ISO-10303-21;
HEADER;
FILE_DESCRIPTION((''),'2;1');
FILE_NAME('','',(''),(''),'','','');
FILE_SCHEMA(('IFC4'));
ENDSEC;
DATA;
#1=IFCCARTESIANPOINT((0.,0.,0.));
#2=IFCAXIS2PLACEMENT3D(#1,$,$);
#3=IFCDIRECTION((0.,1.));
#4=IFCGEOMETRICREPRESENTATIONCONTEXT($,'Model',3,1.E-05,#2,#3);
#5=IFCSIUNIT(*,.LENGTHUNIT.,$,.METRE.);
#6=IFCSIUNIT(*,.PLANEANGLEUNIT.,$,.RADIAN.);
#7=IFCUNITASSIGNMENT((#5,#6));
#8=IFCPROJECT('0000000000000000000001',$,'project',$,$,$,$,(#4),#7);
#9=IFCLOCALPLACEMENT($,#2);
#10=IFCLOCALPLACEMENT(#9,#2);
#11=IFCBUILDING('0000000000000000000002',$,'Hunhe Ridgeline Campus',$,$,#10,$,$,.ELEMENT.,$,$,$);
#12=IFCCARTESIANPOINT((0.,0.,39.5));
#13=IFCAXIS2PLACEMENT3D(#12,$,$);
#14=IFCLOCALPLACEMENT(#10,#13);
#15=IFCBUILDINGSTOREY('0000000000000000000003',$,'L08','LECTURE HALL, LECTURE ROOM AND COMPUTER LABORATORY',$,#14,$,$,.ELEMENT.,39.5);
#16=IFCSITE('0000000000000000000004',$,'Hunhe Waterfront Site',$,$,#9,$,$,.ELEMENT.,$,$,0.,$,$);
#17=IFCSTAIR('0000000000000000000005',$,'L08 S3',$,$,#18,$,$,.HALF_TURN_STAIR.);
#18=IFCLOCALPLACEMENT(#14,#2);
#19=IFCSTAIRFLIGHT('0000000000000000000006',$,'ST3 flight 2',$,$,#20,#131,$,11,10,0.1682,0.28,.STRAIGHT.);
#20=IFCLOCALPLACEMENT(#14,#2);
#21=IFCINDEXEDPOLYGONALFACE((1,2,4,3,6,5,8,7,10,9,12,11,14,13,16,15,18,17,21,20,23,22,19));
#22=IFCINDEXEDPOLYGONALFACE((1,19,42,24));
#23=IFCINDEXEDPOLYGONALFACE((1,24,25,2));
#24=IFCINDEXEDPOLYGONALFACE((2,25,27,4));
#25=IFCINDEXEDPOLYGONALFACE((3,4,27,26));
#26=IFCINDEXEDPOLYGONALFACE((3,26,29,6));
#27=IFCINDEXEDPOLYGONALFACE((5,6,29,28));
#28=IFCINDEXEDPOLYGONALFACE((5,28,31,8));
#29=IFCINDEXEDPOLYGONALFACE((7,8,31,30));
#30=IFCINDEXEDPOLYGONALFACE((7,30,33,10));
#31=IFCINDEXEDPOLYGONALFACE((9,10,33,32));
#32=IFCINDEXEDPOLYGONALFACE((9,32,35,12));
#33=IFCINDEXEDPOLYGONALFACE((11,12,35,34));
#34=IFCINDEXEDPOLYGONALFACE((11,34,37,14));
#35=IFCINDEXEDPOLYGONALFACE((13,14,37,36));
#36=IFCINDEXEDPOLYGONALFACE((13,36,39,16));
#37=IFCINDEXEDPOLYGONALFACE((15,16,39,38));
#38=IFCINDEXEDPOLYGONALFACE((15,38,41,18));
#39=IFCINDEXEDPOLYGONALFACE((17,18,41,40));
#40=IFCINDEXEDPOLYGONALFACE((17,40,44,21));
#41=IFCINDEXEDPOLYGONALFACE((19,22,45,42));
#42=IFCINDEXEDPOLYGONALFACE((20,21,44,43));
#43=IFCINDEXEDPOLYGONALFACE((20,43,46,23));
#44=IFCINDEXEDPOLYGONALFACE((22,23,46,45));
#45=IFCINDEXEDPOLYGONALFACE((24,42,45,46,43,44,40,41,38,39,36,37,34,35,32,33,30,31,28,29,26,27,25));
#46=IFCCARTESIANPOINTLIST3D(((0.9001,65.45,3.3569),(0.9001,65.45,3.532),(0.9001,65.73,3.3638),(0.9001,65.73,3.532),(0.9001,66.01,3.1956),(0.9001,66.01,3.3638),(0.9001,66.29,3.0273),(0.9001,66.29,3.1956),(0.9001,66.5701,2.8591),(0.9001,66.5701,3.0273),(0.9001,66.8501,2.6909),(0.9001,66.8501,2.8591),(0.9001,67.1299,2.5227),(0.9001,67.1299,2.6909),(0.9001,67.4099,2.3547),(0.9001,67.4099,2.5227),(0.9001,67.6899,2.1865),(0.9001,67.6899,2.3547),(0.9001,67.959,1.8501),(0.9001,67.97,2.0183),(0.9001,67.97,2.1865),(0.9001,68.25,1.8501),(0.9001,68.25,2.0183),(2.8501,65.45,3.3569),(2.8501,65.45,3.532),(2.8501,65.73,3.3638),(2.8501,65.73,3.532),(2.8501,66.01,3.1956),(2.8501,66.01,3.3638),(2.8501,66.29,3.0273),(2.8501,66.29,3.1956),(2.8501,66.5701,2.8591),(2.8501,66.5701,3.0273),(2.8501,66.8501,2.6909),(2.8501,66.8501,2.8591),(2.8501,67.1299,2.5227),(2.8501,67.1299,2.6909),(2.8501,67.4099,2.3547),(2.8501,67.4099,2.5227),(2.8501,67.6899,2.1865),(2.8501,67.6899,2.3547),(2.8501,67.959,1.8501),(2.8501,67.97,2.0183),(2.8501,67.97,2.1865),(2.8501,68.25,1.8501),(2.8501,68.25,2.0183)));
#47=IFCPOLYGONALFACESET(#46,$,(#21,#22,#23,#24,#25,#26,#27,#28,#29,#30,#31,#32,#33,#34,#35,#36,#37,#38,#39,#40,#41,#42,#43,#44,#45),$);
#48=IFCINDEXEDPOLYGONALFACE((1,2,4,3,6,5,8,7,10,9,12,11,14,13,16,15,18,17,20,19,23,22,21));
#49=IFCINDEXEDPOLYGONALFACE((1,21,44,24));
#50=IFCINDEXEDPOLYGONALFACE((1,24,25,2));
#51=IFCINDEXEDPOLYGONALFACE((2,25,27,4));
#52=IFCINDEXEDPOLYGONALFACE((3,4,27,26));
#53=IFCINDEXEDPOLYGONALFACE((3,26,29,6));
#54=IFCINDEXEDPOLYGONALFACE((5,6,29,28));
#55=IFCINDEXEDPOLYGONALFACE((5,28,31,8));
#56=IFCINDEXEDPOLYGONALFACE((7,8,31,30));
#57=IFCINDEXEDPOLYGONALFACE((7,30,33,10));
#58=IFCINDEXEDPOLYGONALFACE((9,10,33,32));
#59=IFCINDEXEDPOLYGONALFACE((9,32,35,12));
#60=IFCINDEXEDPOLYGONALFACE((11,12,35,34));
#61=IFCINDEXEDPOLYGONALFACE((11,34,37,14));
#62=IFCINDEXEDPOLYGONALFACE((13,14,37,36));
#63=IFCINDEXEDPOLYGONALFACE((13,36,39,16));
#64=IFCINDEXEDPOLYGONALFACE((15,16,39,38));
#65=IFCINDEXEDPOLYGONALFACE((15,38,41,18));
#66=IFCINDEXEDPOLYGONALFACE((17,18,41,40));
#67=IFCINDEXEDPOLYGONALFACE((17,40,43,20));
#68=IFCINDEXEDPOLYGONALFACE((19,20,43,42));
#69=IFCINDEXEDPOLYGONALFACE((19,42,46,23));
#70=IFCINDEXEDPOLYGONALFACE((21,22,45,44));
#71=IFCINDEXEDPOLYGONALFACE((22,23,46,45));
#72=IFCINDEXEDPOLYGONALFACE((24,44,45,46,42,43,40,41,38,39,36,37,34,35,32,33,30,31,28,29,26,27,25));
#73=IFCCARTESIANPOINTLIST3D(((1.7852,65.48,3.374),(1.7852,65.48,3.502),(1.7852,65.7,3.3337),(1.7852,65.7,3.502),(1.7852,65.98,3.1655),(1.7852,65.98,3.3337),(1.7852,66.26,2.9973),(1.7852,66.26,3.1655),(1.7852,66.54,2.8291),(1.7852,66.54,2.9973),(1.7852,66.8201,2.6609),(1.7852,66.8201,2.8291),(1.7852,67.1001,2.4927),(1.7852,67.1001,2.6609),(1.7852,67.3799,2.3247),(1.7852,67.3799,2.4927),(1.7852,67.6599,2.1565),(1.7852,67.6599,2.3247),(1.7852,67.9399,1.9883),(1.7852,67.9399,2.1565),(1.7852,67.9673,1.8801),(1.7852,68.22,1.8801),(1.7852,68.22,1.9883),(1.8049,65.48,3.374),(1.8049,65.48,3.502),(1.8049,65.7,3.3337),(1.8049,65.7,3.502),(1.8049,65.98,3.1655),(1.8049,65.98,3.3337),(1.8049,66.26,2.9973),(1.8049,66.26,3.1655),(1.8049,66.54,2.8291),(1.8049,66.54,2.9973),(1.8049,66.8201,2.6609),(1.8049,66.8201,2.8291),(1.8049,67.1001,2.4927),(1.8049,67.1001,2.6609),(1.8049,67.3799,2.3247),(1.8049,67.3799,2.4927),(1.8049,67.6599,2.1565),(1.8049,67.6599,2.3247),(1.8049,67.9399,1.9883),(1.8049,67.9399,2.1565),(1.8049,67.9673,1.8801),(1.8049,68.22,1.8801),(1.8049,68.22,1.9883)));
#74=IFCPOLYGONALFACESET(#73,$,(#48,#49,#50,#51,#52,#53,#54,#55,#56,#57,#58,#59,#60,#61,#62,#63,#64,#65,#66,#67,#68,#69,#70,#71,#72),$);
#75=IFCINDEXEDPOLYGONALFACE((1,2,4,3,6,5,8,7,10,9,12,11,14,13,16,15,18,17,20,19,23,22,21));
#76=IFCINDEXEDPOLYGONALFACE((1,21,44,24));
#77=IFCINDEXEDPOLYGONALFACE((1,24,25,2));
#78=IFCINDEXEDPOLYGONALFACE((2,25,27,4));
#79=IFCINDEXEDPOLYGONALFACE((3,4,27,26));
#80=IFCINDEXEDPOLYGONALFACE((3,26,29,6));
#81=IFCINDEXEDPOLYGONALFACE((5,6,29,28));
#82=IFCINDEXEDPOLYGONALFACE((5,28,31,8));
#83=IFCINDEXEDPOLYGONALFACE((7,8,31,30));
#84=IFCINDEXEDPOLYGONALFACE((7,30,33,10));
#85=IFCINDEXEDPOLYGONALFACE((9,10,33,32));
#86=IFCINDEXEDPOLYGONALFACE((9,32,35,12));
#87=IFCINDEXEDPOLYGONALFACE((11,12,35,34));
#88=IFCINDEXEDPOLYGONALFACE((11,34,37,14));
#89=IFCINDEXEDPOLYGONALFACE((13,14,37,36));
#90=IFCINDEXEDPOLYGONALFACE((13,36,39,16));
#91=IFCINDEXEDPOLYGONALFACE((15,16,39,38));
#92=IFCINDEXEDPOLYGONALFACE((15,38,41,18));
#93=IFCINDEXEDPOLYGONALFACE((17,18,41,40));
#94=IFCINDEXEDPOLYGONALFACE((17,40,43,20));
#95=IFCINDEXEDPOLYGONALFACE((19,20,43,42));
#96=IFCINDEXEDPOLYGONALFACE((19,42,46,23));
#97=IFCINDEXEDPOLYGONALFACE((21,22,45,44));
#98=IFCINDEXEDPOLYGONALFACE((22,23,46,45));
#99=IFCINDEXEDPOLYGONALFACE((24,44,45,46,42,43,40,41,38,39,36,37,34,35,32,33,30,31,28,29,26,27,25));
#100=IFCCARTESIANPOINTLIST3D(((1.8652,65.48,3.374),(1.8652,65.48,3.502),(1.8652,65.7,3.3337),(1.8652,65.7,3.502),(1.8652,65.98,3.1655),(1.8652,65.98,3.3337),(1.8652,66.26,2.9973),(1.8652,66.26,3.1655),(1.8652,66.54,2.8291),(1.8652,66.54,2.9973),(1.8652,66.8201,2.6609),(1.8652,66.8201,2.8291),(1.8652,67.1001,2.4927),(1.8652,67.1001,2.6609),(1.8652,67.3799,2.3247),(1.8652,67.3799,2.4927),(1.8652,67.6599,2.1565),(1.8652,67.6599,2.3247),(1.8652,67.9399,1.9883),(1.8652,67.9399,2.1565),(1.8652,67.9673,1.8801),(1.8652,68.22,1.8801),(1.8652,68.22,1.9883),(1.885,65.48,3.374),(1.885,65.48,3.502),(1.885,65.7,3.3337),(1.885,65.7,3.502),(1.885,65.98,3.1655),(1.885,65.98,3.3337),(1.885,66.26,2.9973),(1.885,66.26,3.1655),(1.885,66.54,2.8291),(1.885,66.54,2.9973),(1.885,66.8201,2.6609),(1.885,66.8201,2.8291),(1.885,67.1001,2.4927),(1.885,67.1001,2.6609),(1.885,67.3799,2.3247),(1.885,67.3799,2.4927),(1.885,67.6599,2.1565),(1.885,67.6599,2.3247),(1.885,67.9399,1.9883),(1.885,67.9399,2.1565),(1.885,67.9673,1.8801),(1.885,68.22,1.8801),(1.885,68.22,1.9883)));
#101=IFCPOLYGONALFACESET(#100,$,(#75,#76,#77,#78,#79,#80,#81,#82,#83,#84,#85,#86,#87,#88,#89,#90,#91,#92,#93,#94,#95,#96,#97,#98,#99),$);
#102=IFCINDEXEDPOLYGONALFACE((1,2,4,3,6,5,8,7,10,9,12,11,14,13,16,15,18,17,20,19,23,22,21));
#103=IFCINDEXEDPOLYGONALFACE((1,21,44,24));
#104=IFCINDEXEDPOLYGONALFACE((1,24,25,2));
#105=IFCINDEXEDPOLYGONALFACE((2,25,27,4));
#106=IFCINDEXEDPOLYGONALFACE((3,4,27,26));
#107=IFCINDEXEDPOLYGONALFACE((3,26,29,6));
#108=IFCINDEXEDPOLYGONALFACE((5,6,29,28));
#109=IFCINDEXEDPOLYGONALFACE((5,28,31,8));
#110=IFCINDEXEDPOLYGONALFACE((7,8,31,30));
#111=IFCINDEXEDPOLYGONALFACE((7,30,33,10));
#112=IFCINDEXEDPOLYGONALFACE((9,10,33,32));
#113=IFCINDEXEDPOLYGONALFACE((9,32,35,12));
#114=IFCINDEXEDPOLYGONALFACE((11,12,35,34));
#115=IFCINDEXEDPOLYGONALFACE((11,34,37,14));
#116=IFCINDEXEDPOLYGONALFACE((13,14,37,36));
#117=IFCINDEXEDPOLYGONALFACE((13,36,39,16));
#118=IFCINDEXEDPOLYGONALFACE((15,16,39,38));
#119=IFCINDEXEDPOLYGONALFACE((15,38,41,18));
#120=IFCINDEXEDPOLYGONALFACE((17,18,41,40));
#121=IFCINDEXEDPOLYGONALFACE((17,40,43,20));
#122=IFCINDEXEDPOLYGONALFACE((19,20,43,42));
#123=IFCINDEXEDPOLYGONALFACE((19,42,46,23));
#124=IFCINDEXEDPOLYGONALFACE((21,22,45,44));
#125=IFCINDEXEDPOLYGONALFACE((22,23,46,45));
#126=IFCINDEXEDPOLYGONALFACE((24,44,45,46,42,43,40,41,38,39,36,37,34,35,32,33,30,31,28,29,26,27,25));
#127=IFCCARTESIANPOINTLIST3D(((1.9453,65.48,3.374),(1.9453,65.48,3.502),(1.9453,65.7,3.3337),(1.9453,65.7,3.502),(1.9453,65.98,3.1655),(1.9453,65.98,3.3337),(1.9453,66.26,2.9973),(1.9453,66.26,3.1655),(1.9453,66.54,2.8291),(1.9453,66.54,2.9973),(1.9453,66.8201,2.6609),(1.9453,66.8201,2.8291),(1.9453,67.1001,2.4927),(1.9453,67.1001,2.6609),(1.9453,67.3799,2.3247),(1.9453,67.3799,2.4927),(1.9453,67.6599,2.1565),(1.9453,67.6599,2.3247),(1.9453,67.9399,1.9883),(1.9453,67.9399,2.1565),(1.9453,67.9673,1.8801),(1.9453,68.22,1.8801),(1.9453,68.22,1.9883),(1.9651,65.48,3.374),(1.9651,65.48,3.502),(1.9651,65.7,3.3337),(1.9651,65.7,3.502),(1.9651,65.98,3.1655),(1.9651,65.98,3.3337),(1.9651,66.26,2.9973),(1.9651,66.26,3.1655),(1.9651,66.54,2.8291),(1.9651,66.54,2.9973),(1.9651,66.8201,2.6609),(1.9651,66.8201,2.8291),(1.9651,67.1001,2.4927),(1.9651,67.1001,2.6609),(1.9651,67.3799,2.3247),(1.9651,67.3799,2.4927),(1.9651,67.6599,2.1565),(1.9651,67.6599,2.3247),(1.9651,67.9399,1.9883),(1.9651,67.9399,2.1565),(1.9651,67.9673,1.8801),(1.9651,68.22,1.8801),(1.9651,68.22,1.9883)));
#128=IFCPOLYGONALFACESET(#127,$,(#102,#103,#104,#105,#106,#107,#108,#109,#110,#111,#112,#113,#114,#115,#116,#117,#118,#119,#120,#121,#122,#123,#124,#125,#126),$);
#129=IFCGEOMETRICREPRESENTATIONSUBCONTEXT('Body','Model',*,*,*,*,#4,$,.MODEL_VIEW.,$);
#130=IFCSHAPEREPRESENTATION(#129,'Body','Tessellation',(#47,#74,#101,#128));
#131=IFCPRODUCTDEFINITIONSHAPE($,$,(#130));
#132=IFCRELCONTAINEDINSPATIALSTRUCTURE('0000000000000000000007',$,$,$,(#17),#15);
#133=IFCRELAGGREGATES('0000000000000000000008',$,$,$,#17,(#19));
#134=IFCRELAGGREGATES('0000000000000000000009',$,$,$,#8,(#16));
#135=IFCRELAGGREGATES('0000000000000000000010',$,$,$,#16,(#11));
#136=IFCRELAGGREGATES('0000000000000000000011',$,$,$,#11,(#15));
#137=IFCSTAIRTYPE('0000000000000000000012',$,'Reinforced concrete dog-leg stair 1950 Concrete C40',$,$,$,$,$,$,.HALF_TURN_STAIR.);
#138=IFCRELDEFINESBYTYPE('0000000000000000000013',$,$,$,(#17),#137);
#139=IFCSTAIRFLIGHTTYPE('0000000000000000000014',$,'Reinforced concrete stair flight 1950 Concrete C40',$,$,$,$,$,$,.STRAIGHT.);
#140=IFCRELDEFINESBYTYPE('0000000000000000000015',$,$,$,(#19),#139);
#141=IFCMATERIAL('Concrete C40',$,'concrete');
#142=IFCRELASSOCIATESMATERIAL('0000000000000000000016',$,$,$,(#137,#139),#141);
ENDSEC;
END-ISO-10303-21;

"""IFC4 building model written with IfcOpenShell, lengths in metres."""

from ifc_helpers import new_model, si_unit, direction, frame, origin, place, context, subcontext, project, spatial, polyline, outline, extrude, material, type_object, element, aggregate, save


model = new_model("IFC4")

# Units and contexts
model_context = context("Model", 3, precision=1e-05, world=origin(), true_north=direction((0.0, 1.0)))
body_context = subcontext(model_context, "Body", "Model", "MODEL_VIEW")
ifc_project = project(units=[si_unit("LENGTHUNIT", "METRE"), si_unit("PLANEANGLEUNIT", "RADIAN")], contexts=[model_context])

# Site, building, storey
site_placement = place(None, origin())
site = spatial("IfcSite", under=ifc_project, at=site_placement, Name="Hunhe Waterfront Site", CompositionType="ELEMENT", RefElevation=0.0)
building_placement = place(site_placement, origin())
building = spatial("IfcBuilding", under=site, at=building_placement, Name="Hunhe Ridgeline Campus", CompositionType="ELEMENT")
storey_placement = place(building_placement, frame((0.0, 0.0, 39.5)))
storey = spatial("IfcBuildingStorey", under=building, at=storey_placement, Name="L08", Description="LECTURE HALL, LECTURE ROOM AND COMPUTER LABORATORY", CompositionType="ELEMENT", Elevation=39.5)

# Stair, stair flight
ifc_material_1 = material(Name="Concrete C40", Category="concrete")
stair_type = type_object("IfcStairType", Name="Reinforced concrete dog-leg stair 1950 Concrete C40", PredefinedType="HALF_TURN_STAIR", material=ifc_material_1)
stair_1_placement = place(storey_placement, origin())
stair_1 = element("IfcStair", 1, at=stair_1_placement, inside=storey, type_object=stair_type, Name="L08 S3", PredefinedType="HALF_TURN_STAIR")
stair_flight_type = type_object("IfcStairFlightType", Name="Reinforced concrete stair flight 1950 Concrete C40", PredefinedType="STRAIGHT", material=ifc_material_1)
stair_flight_1_placement = place(storey_placement, frame((1.875, 68.25, 1.8501), z_axis=(0.0, 0.0, 1.0), x_axis=(0.0, -1.0, 0.0)))
stair_flight_1 = element("IfcStairFlight", 2, at=stair_flight_1_placement, type_object=stair_flight_type, Name="ST3 flight 2", NumberOfRisers=11, NumberOfTreads=10, PredefinedType="STRAIGHT", RiserHeight=0.1682, TreadLength=0.28, context=body_context, shape_type="SweptSolid", body=[
    extrude(outline(polyline([(0.0, 0.0), (0.0, 0.1682), (0.28, 0.1682), (0.28, 0.3364), (0.5601, 0.3364), (0.5601, 0.5046), (0.8401, 0.5046), (0.8401, 0.6726), (1.1201, 0.6726), (1.1201, 0.8408), (1.3999, 0.8408), (1.3999, 1.009), (1.6799, 1.009), (1.6799, 1.1772), (1.96, 1.1772), (1.96, 1.3455), (2.24, 1.3455), (2.24, 1.5137), (2.52, 1.5137), (2.52, 1.6819), (2.8, 1.6819), (2.8, 1.8501), (2.8, 1.5068), (0.291, 0.0), (0.0, 0.0)])), frame((0.0, 0.9751, 0.0), z_axis=(0.0, -1.0, 0.0), x_axis=(1.0, 0.0, 0.0)), (0.0, 0.0, 1.0), 1.95),
    extrude(outline(polyline([(0.03, 0.03), (0.03, 0.1382), (0.3101, 0.1382), (0.3101, 0.3064), (0.5901, 0.3064), (0.5901, 0.4746), (0.8701, 0.4746), (0.8701, 0.6426), (1.1499, 0.6426), (1.1499, 0.8108), (1.4299, 0.8108), (1.4299, 0.979), (1.71, 0.979), (1.71, 1.1472), (1.99, 1.1472), (1.99, 1.3154), (2.27, 1.3154), (2.27, 1.4836), (2.55, 1.4836), (2.55, 1.6519), (2.77, 1.6519), (2.77, 1.5239), (0.2827, 0.03), (0.03, 0.03)])), frame((0.0, -0.0701, 0.0), z_axis=(0.0, -1.0, 0.0), x_axis=(1.0, 0.0, 0.0)), (0.0, 0.0, 1.0), 0.0198),
    extrude(outline(polyline([(0.03, 0.03), (0.03, 0.1382), (0.3101, 0.1382), (0.3101, 0.3064), (0.5901, 0.3064), (0.5901, 0.4746), (0.8701, 0.4746), (0.8701, 0.6426), (1.1499, 0.6426), (1.1499, 0.8108), (1.4299, 0.8108), (1.4299, 0.979), (1.71, 0.979), (1.71, 1.1472), (1.99, 1.1472), (1.99, 1.3154), (2.27, 1.3154), (2.27, 1.4836), (2.55, 1.4836), (2.55, 1.6519), (2.77, 1.6519), (2.77, 1.5239), (0.2827, 0.03), (0.03, 0.03)])), frame((0.0, 0.01, 0.0), z_axis=(0.0, -1.0, 0.0), x_axis=(1.0, 0.0, 0.0)), (0.0, 0.0, 1.0), 0.0198),
    extrude(outline(polyline([(0.03, 0.03), (0.03, 0.1382), (0.3101, 0.1382), (0.3101, 0.3064), (0.5901, 0.3064), (0.5901, 0.4746), (0.8701, 0.4746), (0.8701, 0.6426), (1.1499, 0.6426), (1.1499, 0.8108), (1.4299, 0.8108), (1.4299, 0.979), (1.71, 0.979), (1.71, 1.1472), (1.99, 1.1472), (1.99, 1.3154), (2.27, 1.3154), (2.27, 1.4836), (2.55, 1.4836), (2.55, 1.6519), (2.77, 1.6519), (2.77, 1.5239), (0.2827, 0.03), (0.03, 0.03)])), frame((0.0, 0.0901, 0.0), z_axis=(0.0, -1.0, 0.0), x_axis=(1.0, 0.0, 0.0)), (0.0, 0.0, 1.0), 0.0198),
])
aggregate(stair_1, [stair_flight_1])

save(model, "model.ifc")
